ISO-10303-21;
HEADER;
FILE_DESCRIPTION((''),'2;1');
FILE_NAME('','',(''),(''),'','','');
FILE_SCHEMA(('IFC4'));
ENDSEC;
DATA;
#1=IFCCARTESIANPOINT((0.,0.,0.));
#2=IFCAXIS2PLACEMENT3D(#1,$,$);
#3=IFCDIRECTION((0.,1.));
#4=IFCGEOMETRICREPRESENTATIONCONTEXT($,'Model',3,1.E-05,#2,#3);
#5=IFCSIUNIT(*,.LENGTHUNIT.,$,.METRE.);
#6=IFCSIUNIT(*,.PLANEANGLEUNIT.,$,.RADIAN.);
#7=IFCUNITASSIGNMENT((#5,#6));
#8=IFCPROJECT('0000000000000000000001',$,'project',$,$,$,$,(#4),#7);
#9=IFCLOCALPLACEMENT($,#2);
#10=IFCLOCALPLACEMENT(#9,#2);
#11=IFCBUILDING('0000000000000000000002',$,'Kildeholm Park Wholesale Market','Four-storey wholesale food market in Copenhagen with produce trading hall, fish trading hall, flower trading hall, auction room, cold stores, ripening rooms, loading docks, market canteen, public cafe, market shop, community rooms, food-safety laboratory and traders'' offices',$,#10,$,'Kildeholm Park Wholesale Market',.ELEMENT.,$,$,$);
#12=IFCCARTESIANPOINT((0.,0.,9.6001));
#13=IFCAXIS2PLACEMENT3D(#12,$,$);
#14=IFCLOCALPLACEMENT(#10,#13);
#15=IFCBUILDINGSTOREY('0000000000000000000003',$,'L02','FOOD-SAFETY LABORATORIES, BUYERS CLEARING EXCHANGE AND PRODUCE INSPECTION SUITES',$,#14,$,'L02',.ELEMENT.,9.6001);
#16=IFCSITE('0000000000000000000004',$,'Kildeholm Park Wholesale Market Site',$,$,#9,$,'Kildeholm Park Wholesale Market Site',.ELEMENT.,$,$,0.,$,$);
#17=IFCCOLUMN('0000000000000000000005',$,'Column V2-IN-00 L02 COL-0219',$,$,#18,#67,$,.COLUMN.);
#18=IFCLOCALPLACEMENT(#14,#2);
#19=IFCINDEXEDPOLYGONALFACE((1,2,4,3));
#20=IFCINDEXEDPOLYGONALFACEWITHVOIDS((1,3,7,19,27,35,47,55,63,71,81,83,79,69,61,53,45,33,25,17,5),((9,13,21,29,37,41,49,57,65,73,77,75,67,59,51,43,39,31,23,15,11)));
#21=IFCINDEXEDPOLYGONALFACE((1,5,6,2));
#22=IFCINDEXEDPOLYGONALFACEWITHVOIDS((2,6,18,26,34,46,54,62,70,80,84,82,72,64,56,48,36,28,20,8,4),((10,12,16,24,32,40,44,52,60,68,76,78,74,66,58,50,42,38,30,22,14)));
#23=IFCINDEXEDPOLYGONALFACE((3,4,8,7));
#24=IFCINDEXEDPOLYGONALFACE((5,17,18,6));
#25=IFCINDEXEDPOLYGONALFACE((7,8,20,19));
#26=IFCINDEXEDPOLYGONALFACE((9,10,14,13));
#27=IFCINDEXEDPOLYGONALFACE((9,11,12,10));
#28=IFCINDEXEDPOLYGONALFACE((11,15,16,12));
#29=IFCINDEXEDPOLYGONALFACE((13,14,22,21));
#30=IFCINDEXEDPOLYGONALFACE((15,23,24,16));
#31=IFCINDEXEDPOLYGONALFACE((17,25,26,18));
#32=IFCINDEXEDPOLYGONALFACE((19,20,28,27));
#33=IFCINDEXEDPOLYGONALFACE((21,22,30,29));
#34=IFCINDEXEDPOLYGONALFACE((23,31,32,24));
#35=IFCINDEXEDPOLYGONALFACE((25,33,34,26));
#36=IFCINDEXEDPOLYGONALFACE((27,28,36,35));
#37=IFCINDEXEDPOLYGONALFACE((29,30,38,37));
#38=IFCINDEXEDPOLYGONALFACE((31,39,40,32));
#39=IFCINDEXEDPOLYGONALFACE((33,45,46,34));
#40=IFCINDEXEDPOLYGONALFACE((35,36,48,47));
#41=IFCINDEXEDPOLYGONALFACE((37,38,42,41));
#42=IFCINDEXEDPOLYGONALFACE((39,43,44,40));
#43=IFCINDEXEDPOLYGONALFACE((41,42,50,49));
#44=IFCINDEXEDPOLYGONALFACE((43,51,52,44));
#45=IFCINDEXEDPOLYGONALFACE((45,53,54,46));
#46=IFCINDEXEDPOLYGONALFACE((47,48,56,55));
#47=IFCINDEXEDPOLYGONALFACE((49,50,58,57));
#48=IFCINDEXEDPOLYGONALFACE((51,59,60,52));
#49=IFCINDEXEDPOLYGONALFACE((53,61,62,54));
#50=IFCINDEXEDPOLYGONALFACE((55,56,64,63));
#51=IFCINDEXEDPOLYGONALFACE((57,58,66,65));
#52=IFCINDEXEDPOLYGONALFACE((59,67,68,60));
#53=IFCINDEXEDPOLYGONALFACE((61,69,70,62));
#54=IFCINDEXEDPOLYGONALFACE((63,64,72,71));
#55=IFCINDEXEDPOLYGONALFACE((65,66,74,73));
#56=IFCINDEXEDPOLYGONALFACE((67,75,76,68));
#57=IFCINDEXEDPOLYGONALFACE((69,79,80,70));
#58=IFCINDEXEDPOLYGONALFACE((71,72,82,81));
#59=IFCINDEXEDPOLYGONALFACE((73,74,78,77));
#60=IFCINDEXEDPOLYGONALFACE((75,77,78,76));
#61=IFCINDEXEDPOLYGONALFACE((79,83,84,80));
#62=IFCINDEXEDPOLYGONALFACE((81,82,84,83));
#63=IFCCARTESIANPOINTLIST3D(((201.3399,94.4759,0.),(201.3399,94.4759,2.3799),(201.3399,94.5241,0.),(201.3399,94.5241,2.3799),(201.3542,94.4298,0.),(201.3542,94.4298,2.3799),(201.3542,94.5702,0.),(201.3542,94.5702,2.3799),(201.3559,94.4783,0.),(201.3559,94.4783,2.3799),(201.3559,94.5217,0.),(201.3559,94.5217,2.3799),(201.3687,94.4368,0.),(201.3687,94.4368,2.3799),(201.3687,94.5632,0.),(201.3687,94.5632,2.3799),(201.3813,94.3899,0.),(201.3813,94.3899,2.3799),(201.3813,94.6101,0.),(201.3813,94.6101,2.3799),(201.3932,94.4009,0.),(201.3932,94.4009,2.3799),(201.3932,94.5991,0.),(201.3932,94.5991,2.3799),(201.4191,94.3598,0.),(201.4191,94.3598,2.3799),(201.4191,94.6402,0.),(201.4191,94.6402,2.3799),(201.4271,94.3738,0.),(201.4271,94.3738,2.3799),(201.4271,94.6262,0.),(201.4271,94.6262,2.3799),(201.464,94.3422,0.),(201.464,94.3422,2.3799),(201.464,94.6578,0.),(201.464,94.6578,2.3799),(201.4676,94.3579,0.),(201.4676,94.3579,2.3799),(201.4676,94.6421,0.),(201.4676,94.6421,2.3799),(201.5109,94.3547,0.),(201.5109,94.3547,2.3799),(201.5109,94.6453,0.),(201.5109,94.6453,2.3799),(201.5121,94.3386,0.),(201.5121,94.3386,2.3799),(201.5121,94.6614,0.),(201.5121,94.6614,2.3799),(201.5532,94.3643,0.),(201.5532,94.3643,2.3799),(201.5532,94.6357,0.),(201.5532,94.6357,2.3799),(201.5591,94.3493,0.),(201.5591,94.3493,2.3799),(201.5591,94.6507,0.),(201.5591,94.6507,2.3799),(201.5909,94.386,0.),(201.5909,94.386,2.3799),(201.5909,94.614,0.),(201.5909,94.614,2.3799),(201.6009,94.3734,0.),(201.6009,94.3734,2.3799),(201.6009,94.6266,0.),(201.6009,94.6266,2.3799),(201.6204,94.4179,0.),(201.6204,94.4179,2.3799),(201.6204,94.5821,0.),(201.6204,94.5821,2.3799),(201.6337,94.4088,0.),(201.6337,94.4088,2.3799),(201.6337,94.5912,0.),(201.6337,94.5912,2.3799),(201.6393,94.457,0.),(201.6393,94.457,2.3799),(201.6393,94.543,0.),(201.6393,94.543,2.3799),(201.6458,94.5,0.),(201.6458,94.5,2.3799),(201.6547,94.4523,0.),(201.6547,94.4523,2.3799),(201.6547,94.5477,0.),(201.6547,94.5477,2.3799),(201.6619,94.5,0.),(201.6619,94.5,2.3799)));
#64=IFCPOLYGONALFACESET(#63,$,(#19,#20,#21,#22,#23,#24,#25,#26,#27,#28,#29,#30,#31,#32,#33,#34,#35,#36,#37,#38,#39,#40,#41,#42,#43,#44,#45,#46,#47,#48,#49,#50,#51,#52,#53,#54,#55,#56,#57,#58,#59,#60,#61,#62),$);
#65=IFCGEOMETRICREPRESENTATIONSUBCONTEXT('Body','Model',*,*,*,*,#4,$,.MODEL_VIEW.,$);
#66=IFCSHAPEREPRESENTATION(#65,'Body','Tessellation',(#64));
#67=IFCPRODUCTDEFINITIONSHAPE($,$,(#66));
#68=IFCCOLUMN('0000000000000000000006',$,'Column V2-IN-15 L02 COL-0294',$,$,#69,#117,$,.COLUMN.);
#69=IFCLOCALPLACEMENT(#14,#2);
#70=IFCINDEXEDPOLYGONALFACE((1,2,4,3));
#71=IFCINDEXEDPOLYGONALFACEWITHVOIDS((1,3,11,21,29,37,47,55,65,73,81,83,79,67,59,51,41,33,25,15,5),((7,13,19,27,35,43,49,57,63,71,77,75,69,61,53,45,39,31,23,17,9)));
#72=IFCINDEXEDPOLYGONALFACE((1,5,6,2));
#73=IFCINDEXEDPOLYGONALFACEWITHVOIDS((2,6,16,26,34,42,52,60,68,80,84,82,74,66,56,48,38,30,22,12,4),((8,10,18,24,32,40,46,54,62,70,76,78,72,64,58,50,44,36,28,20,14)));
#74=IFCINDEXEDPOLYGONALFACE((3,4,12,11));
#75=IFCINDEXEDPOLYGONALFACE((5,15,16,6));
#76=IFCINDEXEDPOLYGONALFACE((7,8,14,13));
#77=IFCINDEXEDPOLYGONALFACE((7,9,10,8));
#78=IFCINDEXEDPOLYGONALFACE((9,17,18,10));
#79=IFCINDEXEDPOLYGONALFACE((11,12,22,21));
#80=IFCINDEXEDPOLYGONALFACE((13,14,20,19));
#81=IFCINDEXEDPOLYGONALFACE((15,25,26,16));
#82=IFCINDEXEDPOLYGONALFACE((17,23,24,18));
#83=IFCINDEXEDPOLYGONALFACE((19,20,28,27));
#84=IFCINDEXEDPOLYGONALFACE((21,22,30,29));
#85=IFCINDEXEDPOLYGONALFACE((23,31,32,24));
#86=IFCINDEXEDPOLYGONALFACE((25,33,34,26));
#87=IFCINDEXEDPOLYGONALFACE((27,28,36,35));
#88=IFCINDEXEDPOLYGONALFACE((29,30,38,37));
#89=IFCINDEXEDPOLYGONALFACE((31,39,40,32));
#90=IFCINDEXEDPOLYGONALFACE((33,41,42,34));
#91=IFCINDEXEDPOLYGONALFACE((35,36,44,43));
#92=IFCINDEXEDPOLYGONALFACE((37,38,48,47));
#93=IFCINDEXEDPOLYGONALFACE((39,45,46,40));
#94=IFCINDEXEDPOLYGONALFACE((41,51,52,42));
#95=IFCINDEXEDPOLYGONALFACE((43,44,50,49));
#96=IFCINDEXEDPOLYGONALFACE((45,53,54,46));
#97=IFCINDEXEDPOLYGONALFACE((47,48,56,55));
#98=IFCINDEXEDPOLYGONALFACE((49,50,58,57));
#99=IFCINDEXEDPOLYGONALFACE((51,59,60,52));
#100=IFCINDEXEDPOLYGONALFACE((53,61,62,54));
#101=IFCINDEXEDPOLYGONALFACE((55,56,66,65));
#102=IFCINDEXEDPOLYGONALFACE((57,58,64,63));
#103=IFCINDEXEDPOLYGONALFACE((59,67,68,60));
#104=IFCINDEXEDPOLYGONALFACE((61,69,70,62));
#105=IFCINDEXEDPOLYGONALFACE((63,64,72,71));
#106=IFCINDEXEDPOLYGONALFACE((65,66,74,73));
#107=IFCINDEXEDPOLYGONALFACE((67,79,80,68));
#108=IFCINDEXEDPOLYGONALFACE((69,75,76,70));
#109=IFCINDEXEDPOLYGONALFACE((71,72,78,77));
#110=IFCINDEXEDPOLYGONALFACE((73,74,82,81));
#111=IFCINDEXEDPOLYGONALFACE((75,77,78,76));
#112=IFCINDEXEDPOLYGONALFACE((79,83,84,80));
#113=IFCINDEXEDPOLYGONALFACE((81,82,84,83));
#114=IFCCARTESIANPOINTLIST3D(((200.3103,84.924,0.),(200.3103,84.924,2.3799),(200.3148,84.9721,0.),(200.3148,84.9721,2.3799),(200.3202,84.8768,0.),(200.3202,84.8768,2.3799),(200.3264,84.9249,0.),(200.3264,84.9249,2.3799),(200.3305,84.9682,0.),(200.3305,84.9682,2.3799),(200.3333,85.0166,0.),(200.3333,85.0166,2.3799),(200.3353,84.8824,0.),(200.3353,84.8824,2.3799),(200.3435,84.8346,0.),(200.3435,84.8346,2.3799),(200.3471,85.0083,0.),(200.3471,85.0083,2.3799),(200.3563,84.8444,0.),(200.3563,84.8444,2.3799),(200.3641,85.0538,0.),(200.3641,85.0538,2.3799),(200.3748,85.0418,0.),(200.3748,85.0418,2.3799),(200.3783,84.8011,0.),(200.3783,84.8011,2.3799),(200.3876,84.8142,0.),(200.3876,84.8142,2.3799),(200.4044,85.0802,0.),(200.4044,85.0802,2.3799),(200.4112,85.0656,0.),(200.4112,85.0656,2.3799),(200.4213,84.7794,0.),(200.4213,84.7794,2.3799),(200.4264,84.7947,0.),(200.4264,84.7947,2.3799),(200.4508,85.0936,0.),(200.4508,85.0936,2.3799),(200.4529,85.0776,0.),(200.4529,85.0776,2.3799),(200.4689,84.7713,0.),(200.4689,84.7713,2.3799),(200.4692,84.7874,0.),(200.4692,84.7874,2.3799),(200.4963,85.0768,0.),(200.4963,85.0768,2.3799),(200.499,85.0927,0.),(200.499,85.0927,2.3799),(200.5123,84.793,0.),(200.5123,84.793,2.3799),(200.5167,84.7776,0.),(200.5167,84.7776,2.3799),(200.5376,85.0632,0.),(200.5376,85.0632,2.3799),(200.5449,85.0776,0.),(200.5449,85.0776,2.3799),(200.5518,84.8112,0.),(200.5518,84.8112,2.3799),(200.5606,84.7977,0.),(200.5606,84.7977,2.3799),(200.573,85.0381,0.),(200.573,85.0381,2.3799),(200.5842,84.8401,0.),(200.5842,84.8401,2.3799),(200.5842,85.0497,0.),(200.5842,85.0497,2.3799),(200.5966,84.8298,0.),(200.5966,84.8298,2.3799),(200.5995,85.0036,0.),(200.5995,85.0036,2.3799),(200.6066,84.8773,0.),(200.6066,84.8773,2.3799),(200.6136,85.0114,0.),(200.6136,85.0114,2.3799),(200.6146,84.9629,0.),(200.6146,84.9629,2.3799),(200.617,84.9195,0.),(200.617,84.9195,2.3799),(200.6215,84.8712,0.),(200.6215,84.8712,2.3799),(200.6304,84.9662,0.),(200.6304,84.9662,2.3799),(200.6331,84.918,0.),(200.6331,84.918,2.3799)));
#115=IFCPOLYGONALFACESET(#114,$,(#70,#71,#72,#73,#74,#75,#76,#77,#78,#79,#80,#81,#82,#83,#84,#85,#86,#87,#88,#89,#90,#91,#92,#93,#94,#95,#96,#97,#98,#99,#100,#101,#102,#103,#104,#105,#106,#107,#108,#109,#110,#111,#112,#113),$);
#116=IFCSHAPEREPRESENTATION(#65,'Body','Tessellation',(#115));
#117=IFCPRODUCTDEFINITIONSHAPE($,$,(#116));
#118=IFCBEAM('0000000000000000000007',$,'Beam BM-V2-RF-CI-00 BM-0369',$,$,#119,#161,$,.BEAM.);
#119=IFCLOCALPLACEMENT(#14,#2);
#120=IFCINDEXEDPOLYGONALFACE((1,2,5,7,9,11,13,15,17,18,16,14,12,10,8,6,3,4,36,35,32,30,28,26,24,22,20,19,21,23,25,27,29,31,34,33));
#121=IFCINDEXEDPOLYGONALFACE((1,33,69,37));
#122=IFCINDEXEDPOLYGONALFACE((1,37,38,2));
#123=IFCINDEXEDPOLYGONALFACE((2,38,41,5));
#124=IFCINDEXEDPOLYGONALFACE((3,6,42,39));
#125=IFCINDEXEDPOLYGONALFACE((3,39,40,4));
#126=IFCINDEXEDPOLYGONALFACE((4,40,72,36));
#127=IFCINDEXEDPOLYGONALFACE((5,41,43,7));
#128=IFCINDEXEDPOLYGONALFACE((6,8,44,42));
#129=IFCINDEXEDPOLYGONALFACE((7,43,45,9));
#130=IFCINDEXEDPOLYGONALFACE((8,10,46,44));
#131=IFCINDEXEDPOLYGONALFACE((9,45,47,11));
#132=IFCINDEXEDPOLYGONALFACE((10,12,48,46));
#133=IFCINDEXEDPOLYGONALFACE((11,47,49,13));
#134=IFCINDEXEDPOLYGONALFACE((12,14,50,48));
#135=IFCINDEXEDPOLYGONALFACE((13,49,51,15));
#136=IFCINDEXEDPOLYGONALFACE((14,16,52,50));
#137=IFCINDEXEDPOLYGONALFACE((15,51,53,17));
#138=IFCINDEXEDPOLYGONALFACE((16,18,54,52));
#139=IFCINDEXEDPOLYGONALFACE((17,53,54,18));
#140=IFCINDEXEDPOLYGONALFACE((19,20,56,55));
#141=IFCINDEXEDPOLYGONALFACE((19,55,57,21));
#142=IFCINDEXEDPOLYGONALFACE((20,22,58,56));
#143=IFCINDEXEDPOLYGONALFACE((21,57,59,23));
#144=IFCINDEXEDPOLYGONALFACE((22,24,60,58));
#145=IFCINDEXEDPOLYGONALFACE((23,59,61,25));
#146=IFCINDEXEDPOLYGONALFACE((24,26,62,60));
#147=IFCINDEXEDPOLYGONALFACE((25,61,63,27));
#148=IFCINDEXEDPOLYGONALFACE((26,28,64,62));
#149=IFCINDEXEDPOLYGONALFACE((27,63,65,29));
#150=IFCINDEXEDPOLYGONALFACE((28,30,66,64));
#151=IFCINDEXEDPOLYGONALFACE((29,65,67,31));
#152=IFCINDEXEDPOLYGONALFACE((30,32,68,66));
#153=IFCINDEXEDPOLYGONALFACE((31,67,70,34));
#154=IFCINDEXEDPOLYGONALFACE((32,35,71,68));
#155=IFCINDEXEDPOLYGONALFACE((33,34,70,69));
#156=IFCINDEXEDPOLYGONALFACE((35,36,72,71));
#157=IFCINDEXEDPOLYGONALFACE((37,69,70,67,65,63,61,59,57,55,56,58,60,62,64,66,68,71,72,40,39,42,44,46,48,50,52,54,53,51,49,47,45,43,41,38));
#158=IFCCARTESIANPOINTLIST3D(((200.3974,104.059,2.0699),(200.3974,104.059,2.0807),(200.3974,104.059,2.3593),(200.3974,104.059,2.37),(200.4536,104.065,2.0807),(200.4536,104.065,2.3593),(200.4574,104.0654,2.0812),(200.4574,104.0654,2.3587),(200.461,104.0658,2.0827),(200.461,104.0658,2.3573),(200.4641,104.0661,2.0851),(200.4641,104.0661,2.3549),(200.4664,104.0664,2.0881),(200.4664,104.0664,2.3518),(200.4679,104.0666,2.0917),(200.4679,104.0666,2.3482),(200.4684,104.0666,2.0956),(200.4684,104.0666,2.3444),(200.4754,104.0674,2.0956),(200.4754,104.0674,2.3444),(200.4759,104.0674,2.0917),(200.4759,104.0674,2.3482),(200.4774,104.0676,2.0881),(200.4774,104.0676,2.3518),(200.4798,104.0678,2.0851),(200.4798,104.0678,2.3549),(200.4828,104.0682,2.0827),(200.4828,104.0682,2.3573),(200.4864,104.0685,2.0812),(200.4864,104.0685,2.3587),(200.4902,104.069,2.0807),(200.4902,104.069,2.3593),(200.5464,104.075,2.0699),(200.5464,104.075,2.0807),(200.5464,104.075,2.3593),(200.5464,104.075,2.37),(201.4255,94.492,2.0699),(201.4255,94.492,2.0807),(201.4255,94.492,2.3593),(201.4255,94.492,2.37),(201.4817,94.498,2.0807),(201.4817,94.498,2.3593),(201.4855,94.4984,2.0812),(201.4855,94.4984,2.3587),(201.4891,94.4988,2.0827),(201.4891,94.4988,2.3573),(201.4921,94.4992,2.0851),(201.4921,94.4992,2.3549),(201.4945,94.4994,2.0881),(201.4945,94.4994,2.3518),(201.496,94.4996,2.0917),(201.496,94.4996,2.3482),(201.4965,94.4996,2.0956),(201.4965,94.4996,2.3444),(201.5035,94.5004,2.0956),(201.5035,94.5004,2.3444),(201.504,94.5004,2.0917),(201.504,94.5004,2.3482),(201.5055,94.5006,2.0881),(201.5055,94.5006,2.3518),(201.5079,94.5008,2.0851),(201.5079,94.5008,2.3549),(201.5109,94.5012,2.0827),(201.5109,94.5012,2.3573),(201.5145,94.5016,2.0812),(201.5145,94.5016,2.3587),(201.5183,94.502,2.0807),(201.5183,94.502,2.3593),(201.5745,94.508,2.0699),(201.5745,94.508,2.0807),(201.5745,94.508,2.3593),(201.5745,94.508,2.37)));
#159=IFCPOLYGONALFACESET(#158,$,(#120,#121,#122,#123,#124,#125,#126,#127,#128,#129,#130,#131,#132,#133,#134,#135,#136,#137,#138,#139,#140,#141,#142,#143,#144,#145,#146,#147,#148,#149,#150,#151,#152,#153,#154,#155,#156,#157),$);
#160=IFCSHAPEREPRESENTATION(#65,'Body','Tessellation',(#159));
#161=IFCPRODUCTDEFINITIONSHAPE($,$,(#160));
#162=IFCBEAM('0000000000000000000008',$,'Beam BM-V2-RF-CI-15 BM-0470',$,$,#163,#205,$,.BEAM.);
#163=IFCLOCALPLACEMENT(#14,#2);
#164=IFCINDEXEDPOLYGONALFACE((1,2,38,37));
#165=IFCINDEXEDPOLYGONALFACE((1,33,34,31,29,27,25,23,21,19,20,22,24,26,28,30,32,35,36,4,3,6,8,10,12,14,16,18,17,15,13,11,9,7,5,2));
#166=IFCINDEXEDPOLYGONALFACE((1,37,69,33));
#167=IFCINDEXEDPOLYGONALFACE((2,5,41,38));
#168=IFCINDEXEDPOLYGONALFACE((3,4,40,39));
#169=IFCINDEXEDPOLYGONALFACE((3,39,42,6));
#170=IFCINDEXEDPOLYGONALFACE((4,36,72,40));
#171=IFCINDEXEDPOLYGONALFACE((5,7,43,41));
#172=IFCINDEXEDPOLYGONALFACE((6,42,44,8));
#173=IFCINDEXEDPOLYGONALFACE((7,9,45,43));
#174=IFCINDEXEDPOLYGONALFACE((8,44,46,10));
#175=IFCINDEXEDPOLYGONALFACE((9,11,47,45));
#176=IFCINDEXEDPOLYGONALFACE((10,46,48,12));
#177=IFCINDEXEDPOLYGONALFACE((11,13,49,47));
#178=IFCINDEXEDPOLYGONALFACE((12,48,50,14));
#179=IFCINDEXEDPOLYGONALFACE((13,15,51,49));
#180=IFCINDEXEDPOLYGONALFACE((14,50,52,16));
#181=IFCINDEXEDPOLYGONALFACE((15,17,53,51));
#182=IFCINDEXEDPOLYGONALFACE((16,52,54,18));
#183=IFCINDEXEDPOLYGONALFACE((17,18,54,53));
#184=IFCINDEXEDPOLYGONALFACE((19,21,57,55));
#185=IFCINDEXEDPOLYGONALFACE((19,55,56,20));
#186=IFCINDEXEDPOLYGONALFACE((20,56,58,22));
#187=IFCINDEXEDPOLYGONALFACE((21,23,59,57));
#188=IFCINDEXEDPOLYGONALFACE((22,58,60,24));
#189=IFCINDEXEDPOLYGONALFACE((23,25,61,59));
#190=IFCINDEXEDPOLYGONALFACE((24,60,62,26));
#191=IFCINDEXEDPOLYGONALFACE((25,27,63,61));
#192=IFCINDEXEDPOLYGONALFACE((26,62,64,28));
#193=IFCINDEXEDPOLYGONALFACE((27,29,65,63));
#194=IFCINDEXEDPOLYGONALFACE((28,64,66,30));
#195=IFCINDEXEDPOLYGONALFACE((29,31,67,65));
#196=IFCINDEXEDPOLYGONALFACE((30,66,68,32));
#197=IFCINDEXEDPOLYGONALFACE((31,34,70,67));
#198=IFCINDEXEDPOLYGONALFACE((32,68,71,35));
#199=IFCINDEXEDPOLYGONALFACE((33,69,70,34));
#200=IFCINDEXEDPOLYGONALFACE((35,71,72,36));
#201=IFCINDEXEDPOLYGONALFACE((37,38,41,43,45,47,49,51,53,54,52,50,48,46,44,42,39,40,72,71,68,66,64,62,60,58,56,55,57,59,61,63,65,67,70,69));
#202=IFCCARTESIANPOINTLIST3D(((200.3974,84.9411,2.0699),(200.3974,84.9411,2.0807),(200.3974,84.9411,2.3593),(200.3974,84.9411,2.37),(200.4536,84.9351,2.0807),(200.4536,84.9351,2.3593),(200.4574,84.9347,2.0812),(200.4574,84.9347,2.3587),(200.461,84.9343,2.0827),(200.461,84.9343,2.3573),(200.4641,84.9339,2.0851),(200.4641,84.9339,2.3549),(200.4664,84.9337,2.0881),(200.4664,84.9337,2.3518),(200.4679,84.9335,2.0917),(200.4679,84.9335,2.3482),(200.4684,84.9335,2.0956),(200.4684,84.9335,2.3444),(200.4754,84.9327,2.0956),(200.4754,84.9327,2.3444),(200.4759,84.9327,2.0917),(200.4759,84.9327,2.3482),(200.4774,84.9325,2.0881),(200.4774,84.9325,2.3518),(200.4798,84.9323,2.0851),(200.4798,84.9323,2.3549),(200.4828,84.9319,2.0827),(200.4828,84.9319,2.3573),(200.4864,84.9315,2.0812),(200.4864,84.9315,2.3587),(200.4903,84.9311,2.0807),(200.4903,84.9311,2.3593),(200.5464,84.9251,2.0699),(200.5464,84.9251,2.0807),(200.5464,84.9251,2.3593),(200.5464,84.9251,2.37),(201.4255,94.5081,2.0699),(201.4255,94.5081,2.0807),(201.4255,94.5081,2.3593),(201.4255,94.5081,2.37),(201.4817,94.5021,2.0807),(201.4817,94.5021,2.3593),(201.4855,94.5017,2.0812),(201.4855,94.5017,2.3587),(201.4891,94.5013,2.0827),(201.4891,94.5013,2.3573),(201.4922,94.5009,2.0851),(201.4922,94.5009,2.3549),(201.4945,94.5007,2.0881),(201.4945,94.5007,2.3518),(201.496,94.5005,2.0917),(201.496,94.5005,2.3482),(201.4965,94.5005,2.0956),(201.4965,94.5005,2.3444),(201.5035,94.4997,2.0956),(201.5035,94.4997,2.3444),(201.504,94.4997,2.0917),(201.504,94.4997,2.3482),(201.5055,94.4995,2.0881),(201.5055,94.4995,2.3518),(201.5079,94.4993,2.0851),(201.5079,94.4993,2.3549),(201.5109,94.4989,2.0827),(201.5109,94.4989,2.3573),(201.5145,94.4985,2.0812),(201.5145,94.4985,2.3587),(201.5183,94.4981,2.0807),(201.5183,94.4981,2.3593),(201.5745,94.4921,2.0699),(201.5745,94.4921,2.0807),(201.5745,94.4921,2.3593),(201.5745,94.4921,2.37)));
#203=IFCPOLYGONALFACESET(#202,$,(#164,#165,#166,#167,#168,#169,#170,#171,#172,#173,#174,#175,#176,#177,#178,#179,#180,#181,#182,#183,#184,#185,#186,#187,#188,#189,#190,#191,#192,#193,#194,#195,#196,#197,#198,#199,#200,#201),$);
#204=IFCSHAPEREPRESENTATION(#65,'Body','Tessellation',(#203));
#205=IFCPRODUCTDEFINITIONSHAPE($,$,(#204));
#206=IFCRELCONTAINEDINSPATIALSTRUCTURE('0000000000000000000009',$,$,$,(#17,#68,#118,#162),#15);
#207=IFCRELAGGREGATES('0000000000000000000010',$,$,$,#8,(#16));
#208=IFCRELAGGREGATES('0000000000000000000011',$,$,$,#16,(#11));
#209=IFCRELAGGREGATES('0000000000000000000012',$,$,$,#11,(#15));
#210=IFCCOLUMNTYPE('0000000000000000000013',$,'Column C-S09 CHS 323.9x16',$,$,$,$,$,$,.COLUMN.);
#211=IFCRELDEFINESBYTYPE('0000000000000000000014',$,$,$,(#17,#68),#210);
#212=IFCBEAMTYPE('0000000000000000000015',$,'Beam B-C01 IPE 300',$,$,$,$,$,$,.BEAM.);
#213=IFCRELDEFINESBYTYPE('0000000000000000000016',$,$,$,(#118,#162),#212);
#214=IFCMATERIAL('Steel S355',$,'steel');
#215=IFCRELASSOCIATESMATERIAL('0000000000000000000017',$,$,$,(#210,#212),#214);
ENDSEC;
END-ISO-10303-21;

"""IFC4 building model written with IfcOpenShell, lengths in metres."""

from ifc_helpers import new_model, si_unit, direction, frame, origin, origin_2d, place, context, subcontext, project, spatial, hollow_circle, i_section, extrude, material, material_profile, profile_set, type_object, element, save


model = new_model("IFC4")

# Units and contexts
model_context = context("Model", 3, precision=1e-05, world=origin(), true_north=direction((0.0, 1.0)))
body_context = subcontext(model_context, "Body", "Model", "MODEL_VIEW")
ifc_project = project(units=[si_unit("LENGTHUNIT", "METRE"), si_unit("PLANEANGLEUNIT", "RADIAN")], contexts=[model_context])

# Site, building, storey
site_placement = place(None, origin())
site = spatial("IfcSite", under=ifc_project, at=site_placement, Name="Kildeholm Park Wholesale Market Site", LongName="Kildeholm Park Wholesale Market Site", CompositionType="ELEMENT", RefElevation=0.0)
building_placement = place(site_placement, origin())
building = spatial("IfcBuilding", under=site, at=building_placement, Name="Kildeholm Park Wholesale Market", Description="Four-storey wholesale food market in Copenhagen with produce trading hall, fish trading hall, flower trading hall, auction room, cold stores, ripening rooms, loading docks, market canteen, public cafe, market shop, community rooms, food-safety laboratory and traders' offices", LongName="Kildeholm Park Wholesale Market", CompositionType="ELEMENT")
storey_placement = place(building_placement, frame((0.0, 0.0, 9.6001)))
storey = spatial("IfcBuildingStorey", under=building, at=storey_placement, Name="L02", Description="FOOD-SAFETY LABORATORIES, BUYERS CLEARING EXCHANGE AND PRODUCE INSPECTION SUITES", LongName="L02", CompositionType="ELEMENT", Elevation=9.6001)

# Columns
ifc_material_1 = material(Name="Steel S355", Category="steel")
ifc_material_profile_1 = material_profile(ifc_material_1, hollow_circle(Radius=0.1619, WallThickness=0.0161, at=origin_2d()), Name="CHS 323.9x16")
ifc_profile_set_1 = profile_set([ifc_material_profile_1], Name="Steel S355")
column_type = type_object("IfcColumnType", Name="Column C-S09 CHS 323.9x16", PredefinedType="COLUMN", material=ifc_profile_set_1)
for number, where, z_axis, x_axis, name in (
    (1, (201.5, 94.5, 0.0), (0.0, 0.0, 1.0), (1.0, 0.0, 0.0), "Column V2-IN-00 L02 COL-0219"),
    (2, (200.4719, 84.9331, 0.0), (0.0, 0.0, 1.0), (0.92388, -0.382683, 0.0), "Column V2-IN-15 L02 COL-0294"),
):
    element("IfcColumn", number, at=place(storey_placement, frame(where, z_axis=z_axis, x_axis=x_axis)), inside=storey, type_object=column_type, Name=name, PredefinedType="COLUMN", context=body_context, shape_type="SweptSolid", body=[
        extrude(hollow_circle(Radius=0.1619, WallThickness=0.0161, at=origin_2d()), origin(), (0.0, 0.0, 1.0), 2.3799),
    ])

# Beams
ifc_material_profile_2 = material_profile(ifc_material_1, i_section(OverallWidth=0.1499, OverallDepth=0.3, WebThickness=0.0071, FlangeThickness=0.0107, FilletRadius=0.0149, at=origin_2d()), Name="IPE 300")
ifc_profile_set_2 = profile_set([ifc_material_profile_2], Name="Steel S355")
beam_type_1 = type_object("IfcBeamType", Name="Beam B-C01 IPE 300", PredefinedType="BEAM", material=ifc_profile_set_2)
for number, where, z_axis, x_axis, name in (
    (3, (201.5, 94.5, 2.22), (-0.106847, 0.994276, 0.0), (-0.994276, -0.106847, 0.0), "Beam BM-V2-RF-CI-00 BM-0369"),
    (4, (200.4719, 84.9331, 2.22), (0.106847, 0.994276, 0.0), (-0.994276, 0.106847, 0.0), "Beam BM-V2-RF-CI-15 BM-0470"),
):
    element("IfcBeam", number, at=place(storey_placement, frame(where, z_axis=z_axis, x_axis=x_axis)), inside=storey, type_object=beam_type_1, Name=name, PredefinedType="BEAM", context=body_context, shape_type="SweptSolid", body=[
        extrude(i_section(OverallWidth=0.1499, OverallDepth=0.3, WebThickness=0.0071, FlangeThickness=0.0107, FilletRadius=0.0149, at=origin_2d()), origin(), (0.0, 0.0, 1.0), 9.6221),
    ])

save(model, "model.ifc")
